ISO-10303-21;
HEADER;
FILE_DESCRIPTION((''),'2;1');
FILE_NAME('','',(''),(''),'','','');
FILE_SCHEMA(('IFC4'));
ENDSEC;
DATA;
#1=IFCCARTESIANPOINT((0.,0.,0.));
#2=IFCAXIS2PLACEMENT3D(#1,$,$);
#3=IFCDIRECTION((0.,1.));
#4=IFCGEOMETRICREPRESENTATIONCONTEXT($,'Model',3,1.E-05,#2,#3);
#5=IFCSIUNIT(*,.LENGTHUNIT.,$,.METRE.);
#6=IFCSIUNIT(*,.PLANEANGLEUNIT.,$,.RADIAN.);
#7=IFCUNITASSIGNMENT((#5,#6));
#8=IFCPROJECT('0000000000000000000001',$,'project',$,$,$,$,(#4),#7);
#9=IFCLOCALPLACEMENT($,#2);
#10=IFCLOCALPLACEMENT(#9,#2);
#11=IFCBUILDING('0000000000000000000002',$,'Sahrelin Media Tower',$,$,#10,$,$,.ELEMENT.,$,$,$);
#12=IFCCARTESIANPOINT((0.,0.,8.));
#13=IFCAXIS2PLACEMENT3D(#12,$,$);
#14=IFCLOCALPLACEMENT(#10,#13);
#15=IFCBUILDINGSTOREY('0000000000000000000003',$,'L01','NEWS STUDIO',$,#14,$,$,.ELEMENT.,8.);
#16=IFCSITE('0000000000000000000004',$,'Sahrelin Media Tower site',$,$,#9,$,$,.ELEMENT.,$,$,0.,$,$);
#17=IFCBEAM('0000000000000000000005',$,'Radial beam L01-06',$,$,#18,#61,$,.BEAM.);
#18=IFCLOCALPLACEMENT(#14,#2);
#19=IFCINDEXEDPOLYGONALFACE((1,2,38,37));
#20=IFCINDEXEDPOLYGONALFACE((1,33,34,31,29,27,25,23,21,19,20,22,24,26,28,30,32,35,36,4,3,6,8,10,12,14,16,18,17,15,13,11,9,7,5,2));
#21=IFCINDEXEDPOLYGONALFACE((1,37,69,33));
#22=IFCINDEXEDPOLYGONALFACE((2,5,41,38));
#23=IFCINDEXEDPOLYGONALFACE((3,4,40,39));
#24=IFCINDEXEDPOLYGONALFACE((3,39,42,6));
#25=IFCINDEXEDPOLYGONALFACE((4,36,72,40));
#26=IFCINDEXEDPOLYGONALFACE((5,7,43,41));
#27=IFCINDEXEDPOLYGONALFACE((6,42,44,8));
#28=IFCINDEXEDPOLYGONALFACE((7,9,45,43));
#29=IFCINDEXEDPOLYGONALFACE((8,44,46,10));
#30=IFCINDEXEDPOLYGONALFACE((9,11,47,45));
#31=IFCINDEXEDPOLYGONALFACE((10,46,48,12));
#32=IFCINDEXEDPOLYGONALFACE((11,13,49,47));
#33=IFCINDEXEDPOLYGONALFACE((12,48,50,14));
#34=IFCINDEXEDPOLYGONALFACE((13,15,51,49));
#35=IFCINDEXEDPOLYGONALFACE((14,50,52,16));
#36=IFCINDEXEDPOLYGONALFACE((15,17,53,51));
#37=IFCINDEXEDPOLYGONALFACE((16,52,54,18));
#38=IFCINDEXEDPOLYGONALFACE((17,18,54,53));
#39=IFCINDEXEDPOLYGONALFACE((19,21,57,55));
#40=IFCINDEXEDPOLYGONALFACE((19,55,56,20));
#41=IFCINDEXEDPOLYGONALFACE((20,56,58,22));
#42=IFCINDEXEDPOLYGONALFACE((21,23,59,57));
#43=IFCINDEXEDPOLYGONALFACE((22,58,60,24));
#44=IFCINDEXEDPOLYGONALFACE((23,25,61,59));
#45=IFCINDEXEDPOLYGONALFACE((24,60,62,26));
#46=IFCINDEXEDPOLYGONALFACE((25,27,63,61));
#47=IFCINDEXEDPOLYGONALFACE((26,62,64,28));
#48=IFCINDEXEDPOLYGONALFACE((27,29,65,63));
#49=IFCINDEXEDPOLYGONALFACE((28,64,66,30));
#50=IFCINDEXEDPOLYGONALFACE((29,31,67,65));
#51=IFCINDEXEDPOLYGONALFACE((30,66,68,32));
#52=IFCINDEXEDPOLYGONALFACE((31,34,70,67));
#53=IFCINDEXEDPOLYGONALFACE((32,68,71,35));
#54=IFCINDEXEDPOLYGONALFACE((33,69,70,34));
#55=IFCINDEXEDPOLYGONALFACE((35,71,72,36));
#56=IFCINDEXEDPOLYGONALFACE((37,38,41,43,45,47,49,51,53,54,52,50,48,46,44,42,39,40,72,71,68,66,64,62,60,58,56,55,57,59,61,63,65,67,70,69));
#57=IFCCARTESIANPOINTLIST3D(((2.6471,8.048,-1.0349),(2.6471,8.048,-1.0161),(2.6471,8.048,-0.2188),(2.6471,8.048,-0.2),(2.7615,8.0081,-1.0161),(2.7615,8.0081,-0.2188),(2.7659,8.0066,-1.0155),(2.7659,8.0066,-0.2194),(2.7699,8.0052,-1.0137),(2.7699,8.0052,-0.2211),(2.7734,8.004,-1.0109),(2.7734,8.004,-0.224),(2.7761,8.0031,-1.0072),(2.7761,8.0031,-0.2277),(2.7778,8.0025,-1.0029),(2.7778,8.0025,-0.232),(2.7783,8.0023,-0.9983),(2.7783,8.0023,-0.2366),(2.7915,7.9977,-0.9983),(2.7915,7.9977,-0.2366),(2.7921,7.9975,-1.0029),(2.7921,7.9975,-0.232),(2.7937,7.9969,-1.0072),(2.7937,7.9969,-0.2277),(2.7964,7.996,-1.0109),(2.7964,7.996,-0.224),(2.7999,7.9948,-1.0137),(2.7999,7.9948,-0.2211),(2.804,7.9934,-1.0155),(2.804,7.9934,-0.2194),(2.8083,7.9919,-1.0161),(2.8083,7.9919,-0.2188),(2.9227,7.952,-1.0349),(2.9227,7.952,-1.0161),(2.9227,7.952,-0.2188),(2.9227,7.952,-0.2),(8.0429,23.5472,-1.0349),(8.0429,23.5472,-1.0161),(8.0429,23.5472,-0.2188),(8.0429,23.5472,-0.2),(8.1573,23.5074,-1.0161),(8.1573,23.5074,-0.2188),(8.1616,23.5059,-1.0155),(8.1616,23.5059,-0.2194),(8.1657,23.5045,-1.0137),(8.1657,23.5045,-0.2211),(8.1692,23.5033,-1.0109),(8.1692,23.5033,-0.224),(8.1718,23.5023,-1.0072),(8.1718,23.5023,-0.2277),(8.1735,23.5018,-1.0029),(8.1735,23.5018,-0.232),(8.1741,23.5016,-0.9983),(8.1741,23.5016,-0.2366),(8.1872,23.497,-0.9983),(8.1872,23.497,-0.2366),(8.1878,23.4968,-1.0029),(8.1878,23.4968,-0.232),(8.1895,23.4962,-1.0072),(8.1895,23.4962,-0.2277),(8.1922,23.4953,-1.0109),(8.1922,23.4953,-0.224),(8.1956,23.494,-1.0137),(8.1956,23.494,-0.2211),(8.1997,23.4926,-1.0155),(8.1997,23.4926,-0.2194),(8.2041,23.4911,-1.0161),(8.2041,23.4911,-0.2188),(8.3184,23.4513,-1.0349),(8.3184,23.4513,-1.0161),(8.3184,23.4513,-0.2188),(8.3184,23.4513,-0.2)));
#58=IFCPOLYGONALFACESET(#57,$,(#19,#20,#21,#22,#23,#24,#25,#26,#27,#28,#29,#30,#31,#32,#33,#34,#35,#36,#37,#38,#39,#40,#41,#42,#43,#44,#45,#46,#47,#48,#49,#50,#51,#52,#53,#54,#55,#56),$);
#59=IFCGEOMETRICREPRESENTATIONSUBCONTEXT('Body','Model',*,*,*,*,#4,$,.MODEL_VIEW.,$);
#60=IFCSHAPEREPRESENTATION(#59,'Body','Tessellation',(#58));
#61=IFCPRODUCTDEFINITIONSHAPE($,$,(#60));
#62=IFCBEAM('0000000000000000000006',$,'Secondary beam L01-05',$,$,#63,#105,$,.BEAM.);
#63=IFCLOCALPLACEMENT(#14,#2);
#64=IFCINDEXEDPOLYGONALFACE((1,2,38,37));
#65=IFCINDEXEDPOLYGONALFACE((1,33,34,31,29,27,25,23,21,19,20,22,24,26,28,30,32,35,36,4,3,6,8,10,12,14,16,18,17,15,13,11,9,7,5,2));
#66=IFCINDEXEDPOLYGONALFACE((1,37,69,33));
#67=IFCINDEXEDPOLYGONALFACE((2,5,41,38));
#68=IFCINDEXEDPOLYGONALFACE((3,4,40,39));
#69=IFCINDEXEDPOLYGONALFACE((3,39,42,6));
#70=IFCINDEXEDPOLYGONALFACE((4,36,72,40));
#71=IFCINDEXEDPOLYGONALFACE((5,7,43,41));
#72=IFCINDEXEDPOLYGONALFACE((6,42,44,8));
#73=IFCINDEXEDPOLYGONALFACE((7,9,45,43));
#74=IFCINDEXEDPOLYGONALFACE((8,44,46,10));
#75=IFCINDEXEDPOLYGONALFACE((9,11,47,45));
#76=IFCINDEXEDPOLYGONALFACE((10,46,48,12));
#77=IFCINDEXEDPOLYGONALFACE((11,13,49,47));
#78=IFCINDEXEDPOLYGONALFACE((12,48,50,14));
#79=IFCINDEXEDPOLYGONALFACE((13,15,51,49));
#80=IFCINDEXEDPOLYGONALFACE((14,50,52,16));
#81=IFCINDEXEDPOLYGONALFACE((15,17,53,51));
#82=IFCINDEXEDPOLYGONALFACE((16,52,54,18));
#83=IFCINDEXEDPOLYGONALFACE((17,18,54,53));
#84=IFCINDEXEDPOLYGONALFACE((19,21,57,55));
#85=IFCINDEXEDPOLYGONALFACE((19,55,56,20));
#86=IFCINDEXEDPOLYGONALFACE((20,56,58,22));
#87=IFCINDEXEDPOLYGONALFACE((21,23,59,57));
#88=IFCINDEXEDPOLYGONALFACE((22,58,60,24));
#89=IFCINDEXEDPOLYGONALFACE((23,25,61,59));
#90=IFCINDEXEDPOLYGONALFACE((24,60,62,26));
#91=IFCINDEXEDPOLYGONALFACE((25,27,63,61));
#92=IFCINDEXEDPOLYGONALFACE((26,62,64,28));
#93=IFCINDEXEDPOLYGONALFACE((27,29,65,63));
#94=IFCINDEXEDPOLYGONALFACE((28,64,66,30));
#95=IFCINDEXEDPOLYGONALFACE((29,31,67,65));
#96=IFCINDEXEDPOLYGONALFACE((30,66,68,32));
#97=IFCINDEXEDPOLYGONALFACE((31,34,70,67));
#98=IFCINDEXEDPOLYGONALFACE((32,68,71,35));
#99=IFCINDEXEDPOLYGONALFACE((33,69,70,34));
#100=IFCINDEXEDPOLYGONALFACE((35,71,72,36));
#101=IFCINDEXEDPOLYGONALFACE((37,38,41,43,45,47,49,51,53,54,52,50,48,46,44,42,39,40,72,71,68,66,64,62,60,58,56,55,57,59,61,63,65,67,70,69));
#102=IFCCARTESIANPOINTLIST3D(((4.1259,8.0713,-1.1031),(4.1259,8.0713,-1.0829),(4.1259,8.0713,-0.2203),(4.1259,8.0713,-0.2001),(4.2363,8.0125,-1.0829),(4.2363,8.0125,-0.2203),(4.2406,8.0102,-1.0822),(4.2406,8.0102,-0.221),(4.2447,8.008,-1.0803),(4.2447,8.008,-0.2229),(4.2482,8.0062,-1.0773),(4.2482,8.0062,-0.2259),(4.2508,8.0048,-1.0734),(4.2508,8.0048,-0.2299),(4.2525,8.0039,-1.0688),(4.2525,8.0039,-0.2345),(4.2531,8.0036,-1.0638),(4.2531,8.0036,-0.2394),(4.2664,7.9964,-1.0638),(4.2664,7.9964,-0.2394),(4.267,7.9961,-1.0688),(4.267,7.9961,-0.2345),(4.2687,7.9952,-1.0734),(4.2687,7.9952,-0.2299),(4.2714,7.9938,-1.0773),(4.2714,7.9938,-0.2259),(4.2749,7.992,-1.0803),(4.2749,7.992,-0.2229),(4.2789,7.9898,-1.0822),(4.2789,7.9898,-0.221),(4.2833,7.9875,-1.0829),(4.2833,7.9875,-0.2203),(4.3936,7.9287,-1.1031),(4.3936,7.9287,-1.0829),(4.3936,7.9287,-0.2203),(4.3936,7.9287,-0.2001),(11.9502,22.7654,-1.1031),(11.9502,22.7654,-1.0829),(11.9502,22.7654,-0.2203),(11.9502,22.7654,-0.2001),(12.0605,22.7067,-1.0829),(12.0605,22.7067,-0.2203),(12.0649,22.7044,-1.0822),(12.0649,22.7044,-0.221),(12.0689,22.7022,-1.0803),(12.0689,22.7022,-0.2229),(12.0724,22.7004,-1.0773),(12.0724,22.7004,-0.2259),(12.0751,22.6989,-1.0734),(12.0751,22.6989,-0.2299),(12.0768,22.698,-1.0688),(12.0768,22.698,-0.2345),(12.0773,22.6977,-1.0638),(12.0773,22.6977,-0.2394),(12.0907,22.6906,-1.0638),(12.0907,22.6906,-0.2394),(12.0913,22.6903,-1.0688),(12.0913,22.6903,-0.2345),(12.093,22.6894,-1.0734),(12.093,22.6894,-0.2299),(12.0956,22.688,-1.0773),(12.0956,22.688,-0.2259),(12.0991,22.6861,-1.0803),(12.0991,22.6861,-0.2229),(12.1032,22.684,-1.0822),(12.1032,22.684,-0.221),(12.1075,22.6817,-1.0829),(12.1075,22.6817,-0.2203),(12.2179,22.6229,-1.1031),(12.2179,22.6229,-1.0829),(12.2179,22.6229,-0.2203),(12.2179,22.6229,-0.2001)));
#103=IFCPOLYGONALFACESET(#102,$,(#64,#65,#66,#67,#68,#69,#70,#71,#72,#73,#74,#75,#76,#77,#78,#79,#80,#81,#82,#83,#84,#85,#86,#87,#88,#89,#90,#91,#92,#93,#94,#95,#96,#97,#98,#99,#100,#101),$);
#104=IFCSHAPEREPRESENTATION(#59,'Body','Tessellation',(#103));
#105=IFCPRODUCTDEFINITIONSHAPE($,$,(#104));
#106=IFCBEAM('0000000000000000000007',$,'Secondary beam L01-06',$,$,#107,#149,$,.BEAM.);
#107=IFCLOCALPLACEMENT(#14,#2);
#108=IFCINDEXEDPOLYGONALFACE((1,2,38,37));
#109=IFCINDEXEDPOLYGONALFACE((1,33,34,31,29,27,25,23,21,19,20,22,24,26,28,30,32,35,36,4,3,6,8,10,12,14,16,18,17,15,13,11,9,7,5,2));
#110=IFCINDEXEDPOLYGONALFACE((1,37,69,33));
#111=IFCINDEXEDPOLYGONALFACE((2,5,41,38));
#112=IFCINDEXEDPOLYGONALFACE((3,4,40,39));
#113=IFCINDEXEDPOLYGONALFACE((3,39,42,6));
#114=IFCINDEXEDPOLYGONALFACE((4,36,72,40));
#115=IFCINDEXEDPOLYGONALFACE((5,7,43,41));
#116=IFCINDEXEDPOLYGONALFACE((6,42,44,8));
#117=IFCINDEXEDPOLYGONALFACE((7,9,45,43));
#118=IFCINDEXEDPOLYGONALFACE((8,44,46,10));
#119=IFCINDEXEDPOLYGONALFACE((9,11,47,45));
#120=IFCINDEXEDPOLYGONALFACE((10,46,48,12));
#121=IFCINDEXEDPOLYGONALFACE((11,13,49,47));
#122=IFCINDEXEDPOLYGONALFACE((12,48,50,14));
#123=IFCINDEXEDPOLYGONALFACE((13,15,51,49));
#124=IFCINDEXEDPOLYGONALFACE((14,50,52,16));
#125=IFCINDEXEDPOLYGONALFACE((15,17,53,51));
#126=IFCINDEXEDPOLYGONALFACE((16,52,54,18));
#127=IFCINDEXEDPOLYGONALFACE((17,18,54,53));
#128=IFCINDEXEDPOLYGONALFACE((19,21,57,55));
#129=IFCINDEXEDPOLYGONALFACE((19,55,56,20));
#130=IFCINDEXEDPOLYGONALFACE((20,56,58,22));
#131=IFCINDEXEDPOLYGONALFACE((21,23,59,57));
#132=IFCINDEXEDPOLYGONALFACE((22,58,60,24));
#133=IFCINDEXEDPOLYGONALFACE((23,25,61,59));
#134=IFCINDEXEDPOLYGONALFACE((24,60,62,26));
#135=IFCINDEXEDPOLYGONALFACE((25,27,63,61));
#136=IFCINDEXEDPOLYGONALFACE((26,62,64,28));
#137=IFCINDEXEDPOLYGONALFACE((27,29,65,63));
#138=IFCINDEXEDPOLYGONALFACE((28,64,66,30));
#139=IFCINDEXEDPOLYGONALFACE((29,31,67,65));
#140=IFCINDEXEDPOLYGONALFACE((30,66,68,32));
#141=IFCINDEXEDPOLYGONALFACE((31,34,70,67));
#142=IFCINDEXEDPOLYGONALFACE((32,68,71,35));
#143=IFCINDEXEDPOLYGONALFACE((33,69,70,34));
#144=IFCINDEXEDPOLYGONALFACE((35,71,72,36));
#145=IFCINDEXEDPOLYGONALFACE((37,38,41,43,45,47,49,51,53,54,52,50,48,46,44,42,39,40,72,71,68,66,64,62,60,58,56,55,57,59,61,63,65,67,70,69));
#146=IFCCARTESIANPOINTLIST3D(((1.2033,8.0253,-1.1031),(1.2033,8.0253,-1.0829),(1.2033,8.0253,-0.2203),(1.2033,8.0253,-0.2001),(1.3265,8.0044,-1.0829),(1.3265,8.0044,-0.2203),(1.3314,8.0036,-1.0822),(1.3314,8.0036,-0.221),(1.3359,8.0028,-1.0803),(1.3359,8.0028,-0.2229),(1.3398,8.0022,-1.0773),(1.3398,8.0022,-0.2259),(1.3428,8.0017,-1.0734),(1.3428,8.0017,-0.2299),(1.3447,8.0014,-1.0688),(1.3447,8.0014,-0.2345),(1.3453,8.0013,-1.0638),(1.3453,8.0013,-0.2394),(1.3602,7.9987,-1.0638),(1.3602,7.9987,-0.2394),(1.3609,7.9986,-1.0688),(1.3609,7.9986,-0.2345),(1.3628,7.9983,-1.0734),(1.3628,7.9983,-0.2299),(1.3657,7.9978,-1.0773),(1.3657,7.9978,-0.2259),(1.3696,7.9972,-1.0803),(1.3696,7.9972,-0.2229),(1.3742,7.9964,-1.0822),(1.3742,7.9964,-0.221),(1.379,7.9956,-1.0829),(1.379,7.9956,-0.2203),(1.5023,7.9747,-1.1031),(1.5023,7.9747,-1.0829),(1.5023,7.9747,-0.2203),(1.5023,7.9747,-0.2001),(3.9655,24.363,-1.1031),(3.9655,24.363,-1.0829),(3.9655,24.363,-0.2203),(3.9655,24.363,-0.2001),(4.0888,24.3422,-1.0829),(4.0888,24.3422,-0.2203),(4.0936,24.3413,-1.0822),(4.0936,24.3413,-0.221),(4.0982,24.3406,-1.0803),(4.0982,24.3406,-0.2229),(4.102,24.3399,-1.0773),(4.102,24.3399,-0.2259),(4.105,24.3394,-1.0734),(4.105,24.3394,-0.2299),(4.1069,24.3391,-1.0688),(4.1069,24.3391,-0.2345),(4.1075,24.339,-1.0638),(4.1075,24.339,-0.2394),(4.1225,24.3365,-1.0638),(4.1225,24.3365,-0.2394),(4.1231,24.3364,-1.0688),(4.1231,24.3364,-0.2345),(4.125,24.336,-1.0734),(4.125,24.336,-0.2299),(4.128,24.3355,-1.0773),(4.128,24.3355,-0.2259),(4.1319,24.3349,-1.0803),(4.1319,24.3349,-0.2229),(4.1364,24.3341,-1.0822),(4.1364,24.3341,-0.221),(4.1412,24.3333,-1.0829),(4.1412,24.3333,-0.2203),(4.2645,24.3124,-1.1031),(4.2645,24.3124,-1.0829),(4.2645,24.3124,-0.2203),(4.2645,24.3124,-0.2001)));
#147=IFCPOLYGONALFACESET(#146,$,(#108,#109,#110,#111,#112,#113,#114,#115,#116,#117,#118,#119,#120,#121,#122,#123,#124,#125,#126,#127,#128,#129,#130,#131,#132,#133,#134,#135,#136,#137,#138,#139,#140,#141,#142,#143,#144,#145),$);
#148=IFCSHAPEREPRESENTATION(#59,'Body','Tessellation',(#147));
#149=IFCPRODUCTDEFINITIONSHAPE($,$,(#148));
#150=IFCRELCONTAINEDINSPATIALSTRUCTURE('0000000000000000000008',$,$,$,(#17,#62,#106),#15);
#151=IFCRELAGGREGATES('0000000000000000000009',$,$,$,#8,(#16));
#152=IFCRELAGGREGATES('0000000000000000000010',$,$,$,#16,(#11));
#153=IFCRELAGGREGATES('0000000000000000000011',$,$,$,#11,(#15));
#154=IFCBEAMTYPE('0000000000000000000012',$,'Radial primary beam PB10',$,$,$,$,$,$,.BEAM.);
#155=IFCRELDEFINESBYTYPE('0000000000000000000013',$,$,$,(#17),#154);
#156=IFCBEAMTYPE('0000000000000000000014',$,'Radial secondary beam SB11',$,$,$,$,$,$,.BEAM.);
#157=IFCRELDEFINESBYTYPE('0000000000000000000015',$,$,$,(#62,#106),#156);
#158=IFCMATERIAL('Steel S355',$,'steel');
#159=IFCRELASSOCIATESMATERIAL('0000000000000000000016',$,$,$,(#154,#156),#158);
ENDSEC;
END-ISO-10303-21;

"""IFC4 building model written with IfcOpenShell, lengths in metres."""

from ifc_helpers import new_model, si_unit, direction, frame, origin, origin_2d, place, context, subcontext, project, spatial, i_section, extrude, material, material_profile, profile_set, type_object, element, save


model = new_model("IFC4")

# Units and contexts
model_context = context("Model", 3, precision=1e-05, world=origin(), true_north=direction((0.0, 1.0)))
body_context = subcontext(model_context, "Body", "Model", "MODEL_VIEW")
ifc_project = project(units=[si_unit("LENGTHUNIT", "METRE"), si_unit("PLANEANGLEUNIT", "RADIAN")], contexts=[model_context])

# Site, building, storey
site_placement = place(None, origin())
site = spatial("IfcSite", under=ifc_project, at=site_placement, Name="Sahrelin Media Tower site", CompositionType="ELEMENT", RefElevation=0.0)
building_placement = place(site_placement, origin())
building = spatial("IfcBuilding", under=site, at=building_placement, Name="Sahrelin Media Tower", CompositionType="ELEMENT")
storey_placement = place(building_placement, frame((0.0, 0.0, 8.0)))
storey = spatial("IfcBuildingStorey", under=building, at=storey_placement, Name="L01", Description="NEWS STUDIO", CompositionType="ELEMENT", Elevation=8.0)

# Beams
ifc_material_1 = material(Name="Steel S355", Category="steel")
ifc_material_profile_1 = material_profile(ifc_material_1, i_section(OverallWidth=0.2917, OverallDepth=0.835, WebThickness=0.0139, FlangeThickness=0.0188, FilletRadius=0.0178, at=origin_2d()), Name="UB 838x292x176")
ifc_profile_set_1 = profile_set([ifc_material_profile_1], Name="Steel S355")
beam_type_1 = type_object("IfcBeamType", Name="Radial primary beam PB10", PredefinedType="BEAM", material=ifc_profile_set_1)
beam_1_placement = place(storey_placement, frame((2.7849, 8.0, -0.6174), z_axis=(0.328776, 0.944408, 0.0), x_axis=(-0.944408, 0.328776, 0.0)))
element("IfcBeam", 1, at=beam_1_placement, inside=storey, type_object=beam_type_1, Name="Radial beam L01-06", PredefinedType="BEAM", context=body_context, shape_type="SweptSolid", body=[
    extrude(i_section(OverallWidth=0.2917, OverallDepth=0.835, WebThickness=0.0139, FlangeThickness=0.0188, FilletRadius=0.0178, at=origin_2d()), origin(), (0.0, 0.0, 1.0), 16.4116),
])
ifc_material_profile_2 = material_profile(ifc_material_1, i_section(OverallWidth=0.3032, OverallDepth=0.9031, WebThickness=0.0151, FlangeThickness=0.0203, FilletRadius=0.019, at=origin_2d()), Name="UB 914x305x201")
ifc_profile_set_2 = profile_set([ifc_material_profile_2], Name="Steel S355")
beam_type_2 = type_object("IfcBeamType", Name="Radial secondary beam SB11", PredefinedType="BEAM", material=ifc_profile_set_2)
beam_2_placement = place(storey_placement, frame((4.2598, 8.0, -0.6516), z_axis=(0.469997, 0.882668, 0.0), x_axis=(-0.882668, 0.469997, 0.0)))
element("IfcBeam", 2, at=beam_2_placement, inside=storey, type_object=beam_type_2, Name="Secondary beam L01-05", PredefinedType="BEAM", context=body_context, shape_type="SweptSolid", body=[
    extrude(i_section(OverallWidth=0.3032, OverallDepth=0.9031, WebThickness=0.0151, FlangeThickness=0.0203, FilletRadius=0.019, at=origin_2d()), origin(), (0.0, 0.0, 1.0), 16.6475),
])
beam_3_placement = place(storey_placement, frame((1.3528, 8.0, -0.6516), z_axis=(0.166704, 0.986007, 0.0), x_axis=(-0.986007, 0.166704, 0.0)))
element("IfcBeam", 3, at=beam_3_placement, inside=storey, type_object=beam_type_2, Name="Secondary beam L01-06", PredefinedType="BEAM", context=body_context, shape_type="SweptSolid", body=[
    extrude(i_section(OverallWidth=0.3032, OverallDepth=0.9031, WebThickness=0.0151, FlangeThickness=0.0203, FilletRadius=0.019, at=origin_2d()), origin(), (0.0, 0.0, 1.0), 16.5696),
])

save(model, "model.ifc")
